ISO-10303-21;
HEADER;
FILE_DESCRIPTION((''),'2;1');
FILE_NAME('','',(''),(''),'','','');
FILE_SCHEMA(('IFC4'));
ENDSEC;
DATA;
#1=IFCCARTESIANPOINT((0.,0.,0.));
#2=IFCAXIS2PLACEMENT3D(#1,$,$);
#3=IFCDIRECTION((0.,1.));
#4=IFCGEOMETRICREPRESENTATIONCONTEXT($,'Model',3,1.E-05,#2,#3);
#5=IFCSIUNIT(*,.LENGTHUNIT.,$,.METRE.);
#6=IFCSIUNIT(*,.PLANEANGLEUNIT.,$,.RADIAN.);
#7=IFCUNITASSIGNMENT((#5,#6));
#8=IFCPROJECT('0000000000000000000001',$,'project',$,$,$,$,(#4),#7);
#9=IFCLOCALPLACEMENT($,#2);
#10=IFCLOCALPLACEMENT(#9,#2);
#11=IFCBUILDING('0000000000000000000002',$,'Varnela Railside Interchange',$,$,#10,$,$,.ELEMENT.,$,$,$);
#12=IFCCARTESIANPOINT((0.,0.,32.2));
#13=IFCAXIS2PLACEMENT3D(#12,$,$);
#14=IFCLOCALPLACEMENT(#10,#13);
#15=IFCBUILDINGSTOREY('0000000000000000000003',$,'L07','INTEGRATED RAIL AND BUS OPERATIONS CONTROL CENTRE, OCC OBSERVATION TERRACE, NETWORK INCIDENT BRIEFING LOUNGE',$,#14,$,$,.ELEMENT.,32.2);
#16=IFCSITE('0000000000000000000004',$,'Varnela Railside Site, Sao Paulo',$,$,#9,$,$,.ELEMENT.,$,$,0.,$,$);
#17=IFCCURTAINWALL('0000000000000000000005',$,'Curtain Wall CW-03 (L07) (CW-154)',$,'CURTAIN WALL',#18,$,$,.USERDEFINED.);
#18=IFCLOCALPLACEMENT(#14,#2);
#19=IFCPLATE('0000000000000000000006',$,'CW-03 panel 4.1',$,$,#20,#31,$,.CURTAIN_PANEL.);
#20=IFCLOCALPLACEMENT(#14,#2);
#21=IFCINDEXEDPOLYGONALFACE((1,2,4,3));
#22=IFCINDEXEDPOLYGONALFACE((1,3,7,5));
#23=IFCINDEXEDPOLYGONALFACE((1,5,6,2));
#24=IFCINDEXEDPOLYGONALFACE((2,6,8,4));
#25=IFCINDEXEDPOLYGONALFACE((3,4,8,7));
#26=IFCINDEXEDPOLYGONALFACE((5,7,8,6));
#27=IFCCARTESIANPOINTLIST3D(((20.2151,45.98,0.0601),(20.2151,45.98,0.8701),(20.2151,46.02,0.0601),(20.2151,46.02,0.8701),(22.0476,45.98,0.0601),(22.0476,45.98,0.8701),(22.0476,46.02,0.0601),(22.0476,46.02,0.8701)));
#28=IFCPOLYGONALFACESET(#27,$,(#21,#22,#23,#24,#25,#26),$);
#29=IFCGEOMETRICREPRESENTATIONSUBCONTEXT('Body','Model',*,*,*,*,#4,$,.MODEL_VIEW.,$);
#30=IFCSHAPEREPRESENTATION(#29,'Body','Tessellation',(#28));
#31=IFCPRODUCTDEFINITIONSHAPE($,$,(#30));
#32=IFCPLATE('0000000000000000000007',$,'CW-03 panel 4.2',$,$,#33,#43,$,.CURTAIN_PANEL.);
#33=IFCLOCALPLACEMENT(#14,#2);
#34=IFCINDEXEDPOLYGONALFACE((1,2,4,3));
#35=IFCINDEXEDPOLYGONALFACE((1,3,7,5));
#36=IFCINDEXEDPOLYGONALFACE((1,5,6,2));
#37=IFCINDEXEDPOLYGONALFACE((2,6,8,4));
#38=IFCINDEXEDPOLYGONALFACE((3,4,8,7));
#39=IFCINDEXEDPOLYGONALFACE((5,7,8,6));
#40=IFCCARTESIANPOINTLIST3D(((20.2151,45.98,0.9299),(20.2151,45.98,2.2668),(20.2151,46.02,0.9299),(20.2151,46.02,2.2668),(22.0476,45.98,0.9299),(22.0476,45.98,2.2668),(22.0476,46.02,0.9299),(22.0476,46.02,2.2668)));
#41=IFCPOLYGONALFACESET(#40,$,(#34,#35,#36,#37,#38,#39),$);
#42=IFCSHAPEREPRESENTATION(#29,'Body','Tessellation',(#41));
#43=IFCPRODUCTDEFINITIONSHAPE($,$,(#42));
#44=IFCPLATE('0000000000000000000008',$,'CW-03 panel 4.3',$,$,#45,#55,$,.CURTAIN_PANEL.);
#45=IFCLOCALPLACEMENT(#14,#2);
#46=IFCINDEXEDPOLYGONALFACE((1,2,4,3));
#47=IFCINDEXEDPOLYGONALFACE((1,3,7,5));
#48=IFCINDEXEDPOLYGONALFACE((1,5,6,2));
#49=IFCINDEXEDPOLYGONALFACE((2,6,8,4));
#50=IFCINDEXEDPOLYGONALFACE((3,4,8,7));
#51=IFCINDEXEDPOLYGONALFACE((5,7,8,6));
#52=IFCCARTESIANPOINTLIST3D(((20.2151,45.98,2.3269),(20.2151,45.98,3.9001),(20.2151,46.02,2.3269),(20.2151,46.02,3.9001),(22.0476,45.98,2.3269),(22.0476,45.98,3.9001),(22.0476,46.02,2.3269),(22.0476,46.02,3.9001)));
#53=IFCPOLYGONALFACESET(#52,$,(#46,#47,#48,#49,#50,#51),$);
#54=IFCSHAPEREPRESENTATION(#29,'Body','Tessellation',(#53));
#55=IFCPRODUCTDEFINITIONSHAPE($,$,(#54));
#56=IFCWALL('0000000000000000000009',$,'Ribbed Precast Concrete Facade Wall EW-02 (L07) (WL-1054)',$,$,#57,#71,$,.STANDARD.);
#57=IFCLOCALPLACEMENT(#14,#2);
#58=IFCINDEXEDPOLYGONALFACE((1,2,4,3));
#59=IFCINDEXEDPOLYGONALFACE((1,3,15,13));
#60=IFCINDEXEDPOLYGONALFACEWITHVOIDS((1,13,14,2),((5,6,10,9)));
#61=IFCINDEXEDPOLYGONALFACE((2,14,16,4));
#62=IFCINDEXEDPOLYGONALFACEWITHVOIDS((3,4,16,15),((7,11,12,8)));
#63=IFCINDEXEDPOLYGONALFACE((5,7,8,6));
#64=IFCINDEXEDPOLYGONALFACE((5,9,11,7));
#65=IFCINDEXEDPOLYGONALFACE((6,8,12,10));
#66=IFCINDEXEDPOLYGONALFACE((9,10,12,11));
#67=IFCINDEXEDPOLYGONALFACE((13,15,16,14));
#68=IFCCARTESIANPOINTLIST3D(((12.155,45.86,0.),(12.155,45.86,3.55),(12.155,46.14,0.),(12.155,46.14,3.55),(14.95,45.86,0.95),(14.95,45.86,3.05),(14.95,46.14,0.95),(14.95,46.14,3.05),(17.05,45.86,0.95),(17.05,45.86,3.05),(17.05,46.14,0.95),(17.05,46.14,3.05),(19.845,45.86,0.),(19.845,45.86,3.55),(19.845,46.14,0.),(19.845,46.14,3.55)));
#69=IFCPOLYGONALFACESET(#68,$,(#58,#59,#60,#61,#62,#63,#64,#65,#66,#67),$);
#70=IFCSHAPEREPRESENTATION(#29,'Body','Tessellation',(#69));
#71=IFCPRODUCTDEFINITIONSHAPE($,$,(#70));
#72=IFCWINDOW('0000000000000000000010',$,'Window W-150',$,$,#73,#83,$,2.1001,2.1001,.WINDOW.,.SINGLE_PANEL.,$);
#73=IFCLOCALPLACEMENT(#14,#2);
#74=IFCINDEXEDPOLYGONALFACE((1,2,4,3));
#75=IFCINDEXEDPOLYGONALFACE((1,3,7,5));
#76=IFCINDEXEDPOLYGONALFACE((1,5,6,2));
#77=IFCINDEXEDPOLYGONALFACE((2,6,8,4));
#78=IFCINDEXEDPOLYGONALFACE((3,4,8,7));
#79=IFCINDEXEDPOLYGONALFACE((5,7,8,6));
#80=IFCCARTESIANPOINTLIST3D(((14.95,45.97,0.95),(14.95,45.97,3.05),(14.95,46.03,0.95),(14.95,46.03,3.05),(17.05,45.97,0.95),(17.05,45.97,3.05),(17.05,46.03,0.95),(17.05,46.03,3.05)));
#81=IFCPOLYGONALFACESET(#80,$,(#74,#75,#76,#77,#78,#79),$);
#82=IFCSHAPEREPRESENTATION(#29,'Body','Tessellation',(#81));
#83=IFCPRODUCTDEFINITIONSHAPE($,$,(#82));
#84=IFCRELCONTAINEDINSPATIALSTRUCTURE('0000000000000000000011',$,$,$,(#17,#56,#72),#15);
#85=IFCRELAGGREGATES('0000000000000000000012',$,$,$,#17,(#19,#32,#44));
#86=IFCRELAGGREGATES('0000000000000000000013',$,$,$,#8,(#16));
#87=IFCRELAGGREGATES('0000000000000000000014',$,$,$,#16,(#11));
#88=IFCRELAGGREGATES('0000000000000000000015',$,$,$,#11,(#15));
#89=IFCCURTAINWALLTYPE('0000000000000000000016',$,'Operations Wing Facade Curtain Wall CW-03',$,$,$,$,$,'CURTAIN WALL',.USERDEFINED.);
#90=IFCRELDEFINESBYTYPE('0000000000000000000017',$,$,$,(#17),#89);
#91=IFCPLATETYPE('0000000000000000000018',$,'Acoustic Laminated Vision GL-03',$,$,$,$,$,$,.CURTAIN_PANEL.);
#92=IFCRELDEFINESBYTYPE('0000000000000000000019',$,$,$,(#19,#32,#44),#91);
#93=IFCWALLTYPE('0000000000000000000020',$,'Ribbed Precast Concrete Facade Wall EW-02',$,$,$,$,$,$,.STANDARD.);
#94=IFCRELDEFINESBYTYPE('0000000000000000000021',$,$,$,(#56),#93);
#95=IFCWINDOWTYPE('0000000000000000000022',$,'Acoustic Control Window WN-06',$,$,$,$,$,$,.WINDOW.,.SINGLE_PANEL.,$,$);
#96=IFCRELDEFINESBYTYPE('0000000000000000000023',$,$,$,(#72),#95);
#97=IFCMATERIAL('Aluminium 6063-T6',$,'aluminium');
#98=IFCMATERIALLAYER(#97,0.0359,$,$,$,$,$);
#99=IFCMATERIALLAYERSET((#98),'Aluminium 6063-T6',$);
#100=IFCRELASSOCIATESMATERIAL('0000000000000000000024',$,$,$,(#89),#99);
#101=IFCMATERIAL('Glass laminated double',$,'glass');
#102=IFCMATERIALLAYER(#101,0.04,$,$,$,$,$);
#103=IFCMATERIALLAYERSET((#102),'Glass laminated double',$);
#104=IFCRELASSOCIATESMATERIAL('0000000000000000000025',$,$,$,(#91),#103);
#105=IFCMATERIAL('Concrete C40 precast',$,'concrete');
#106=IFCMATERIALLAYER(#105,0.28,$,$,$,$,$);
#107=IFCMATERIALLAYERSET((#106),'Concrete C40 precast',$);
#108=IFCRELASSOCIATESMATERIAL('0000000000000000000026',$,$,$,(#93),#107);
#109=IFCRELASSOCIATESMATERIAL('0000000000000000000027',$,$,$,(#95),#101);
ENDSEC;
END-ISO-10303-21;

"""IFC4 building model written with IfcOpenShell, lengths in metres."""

from ifc_helpers import new_model, si_unit, direction, frame, frame_2d, origin, origin_2d, place, context, subcontext, project, spatial, rectangle, extrude, material, layer, layer_set, type_object, element, fill, aggregate, save


model = new_model("IFC4")

# Units and contexts
model_context = context("Model", 3, precision=1e-05, world=origin(), true_north=direction((0.0, 1.0)))
body_context = subcontext(model_context, "Body", "Model", "MODEL_VIEW")
ifc_project = project(units=[si_unit("LENGTHUNIT", "METRE"), si_unit("PLANEANGLEUNIT", "RADIAN")], contexts=[model_context])

# Site, building, storey
site_placement = place(None, origin())
site = spatial("IfcSite", under=ifc_project, at=site_placement, Name="Varnela Railside Site, Sao Paulo", CompositionType="ELEMENT", RefElevation=0.0)
building_placement = place(site_placement, origin())
building = spatial("IfcBuilding", under=site, at=building_placement, Name="Varnela Railside Interchange", CompositionType="ELEMENT")
storey_placement = place(building_placement, frame((0.0, 0.0, 32.2)))
storey = spatial("IfcBuildingStorey", under=building, at=storey_placement, Name="L07", Description="INTEGRATED RAIL AND BUS OPERATIONS CONTROL CENTRE, OCC OBSERVATION TERRACE, NETWORK INCIDENT BRIEFING LOUNGE", CompositionType="ELEMENT", Elevation=32.2)

# Shared definitions
ifc_material_1 = material(Name="Aluminium 6063-T6", Category="aluminium")
ifc_layer_1 = layer(ifc_material_1, 0.0359)
ifc_layer_set_1 = layer_set([ifc_layer_1], Name="Aluminium 6063-T6")
curtain_wall_type = type_object("IfcCurtainWallType", Name="Operations Wing Facade Curtain Wall CW-03", ElementType="CURTAIN WALL", PredefinedType="USERDEFINED", material=ifc_layer_set_1)

# Curtain wall
curtain_wall_1_placement = place(storey_placement, origin())
curtain_wall_1 = element("IfcCurtainWall", 1, at=curtain_wall_1_placement, inside=storey, type_object=curtain_wall_type, Name="Curtain Wall CW-03 (L07) (CW-154)", ObjectType="CURTAIN WALL", PredefinedType="USERDEFINED")

# Plates
ifc_material_2 = material(Name="Glass laminated double", Category="glass")
ifc_layer_2 = layer(ifc_material_2, 0.04)
ifc_layer_set_2 = layer_set([ifc_layer_2], Name="Glass laminated double")
plate_type = type_object("IfcPlateType", Name="Acoustic Laminated Vision GL-03", PredefinedType="CURTAIN_PANEL", material=ifc_layer_set_2)
plate_1_placement = place(storey_placement, frame((21.1313, 46.0, 0.0601), z_axis=(0.0, 0.0, 1.0), x_axis=(-1.0, 0.0, 0.0)))
plate_1 = element("IfcPlate", 2, at=plate_1_placement, type_object=plate_type, Name="CW-03 panel 4.1", PredefinedType="CURTAIN_PANEL", context=body_context, shape_type="SweptSolid", body=[
    extrude(rectangle(XDim=1.8325, YDim=0.04, at=origin_2d()), origin(), (0.0, 0.0, 1.0), 0.8101),
])
plate_2_placement = place(storey_placement, frame((21.1313, 46.0, 0.9299), z_axis=(0.0, 0.0, 1.0), x_axis=(-1.0, 0.0, 0.0)))
plate_2 = element("IfcPlate", 3, at=plate_2_placement, type_object=plate_type, Name="CW-03 panel 4.2", PredefinedType="CURTAIN_PANEL", context=body_context, shape_type="SweptSolid", body=[
    extrude(rectangle(XDim=1.8325, YDim=0.04, at=origin_2d()), origin(), (0.0, 0.0, 1.0), 1.3369),
])
plate_3_placement = place(storey_placement, frame((21.1313, 46.0, 2.3269), z_axis=(0.0, 0.0, 1.0), x_axis=(-1.0, 0.0, 0.0)))
plate_3 = element("IfcPlate", 4, at=plate_3_placement, type_object=plate_type, Name="CW-03 panel 4.3", PredefinedType="CURTAIN_PANEL", context=body_context, shape_type="SweptSolid", body=[
    extrude(rectangle(XDim=1.8325, YDim=0.04, at=origin_2d()), origin(), (0.0, 0.0, 1.0), 1.5732),
])
aggregate(curtain_wall_1, [plate_1, plate_2, plate_3])

# Wall, opening, window
ifc_material_3 = material(Name="Concrete C40 precast", Category="concrete")
ifc_layer_3 = layer(ifc_material_3, 0.28)
ifc_layer_set_3 = layer_set([ifc_layer_3], Name="Concrete C40 precast")
wall_type = type_object("IfcWallType", Name="Ribbed Precast Concrete Facade Wall EW-02", PredefinedType="STANDARD", material=ifc_layer_set_3)
wall_placement = place(storey_placement, frame((19.845, 46.0, 0.0), z_axis=(0.0, 0.0, 1.0), x_axis=(-1.0, 0.0, 0.0)))
wall = element("IfcWall", 5, at=wall_placement, inside=storey, type_object=wall_type, Name="Ribbed Precast Concrete Facade Wall EW-02 (L07) (WL-1054)", PredefinedType="STANDARD", context=body_context, shape_type="SweptSolid", body=[
    extrude(rectangle(XDim=7.6899, YDim=0.28, at=frame_2d((3.845, 0.0))), origin(), (0.0, 0.0, 1.0), 3.55),
])
opening_placement = place(wall_placement, frame((2.7949, 0.0, 0.95)))
opening = element("IfcOpeningElement", 6, at=opening_placement, cuts=wall, PredefinedType="OPENING", context=body_context, shape_type="SweptSolid", body=[
    extrude(rectangle(XDim=2.1001, YDim=2.1001, at=frame_2d((1.05, 1.05))), frame((0.0, 0.1499, 0.0), z_axis=(0.0, -1.0, 0.0), x_axis=(1.0, 0.0, 0.0)), (0.0, 0.0, 1.0), 0.3),
])
window_type = type_object("IfcWindowType", Name="Acoustic Control Window WN-06", PartitioningType="SINGLE_PANEL", PredefinedType="WINDOW", material=ifc_material_2)
window_placement = place(opening_placement, origin())
window = element("IfcWindow", 7, at=window_placement, inside=storey, type_object=window_type, Name="Window W-150", OverallHeight=2.1001, OverallWidth=2.1001, PartitioningType="SINGLE_PANEL", PredefinedType="WINDOW", context=body_context, shape_type="SweptSolid", body=[
    extrude(rectangle(XDim=2.1001, YDim=2.1001, at=frame_2d((1.05, 1.05))), frame((0.0, 0.03, 0.0), z_axis=(0.0, -1.0, 0.0), x_axis=(1.0, 0.0, 0.0)), (0.0, 0.0, 1.0), 0.0601),
])
fill(opening, window)

save(model, "model.ifc")
